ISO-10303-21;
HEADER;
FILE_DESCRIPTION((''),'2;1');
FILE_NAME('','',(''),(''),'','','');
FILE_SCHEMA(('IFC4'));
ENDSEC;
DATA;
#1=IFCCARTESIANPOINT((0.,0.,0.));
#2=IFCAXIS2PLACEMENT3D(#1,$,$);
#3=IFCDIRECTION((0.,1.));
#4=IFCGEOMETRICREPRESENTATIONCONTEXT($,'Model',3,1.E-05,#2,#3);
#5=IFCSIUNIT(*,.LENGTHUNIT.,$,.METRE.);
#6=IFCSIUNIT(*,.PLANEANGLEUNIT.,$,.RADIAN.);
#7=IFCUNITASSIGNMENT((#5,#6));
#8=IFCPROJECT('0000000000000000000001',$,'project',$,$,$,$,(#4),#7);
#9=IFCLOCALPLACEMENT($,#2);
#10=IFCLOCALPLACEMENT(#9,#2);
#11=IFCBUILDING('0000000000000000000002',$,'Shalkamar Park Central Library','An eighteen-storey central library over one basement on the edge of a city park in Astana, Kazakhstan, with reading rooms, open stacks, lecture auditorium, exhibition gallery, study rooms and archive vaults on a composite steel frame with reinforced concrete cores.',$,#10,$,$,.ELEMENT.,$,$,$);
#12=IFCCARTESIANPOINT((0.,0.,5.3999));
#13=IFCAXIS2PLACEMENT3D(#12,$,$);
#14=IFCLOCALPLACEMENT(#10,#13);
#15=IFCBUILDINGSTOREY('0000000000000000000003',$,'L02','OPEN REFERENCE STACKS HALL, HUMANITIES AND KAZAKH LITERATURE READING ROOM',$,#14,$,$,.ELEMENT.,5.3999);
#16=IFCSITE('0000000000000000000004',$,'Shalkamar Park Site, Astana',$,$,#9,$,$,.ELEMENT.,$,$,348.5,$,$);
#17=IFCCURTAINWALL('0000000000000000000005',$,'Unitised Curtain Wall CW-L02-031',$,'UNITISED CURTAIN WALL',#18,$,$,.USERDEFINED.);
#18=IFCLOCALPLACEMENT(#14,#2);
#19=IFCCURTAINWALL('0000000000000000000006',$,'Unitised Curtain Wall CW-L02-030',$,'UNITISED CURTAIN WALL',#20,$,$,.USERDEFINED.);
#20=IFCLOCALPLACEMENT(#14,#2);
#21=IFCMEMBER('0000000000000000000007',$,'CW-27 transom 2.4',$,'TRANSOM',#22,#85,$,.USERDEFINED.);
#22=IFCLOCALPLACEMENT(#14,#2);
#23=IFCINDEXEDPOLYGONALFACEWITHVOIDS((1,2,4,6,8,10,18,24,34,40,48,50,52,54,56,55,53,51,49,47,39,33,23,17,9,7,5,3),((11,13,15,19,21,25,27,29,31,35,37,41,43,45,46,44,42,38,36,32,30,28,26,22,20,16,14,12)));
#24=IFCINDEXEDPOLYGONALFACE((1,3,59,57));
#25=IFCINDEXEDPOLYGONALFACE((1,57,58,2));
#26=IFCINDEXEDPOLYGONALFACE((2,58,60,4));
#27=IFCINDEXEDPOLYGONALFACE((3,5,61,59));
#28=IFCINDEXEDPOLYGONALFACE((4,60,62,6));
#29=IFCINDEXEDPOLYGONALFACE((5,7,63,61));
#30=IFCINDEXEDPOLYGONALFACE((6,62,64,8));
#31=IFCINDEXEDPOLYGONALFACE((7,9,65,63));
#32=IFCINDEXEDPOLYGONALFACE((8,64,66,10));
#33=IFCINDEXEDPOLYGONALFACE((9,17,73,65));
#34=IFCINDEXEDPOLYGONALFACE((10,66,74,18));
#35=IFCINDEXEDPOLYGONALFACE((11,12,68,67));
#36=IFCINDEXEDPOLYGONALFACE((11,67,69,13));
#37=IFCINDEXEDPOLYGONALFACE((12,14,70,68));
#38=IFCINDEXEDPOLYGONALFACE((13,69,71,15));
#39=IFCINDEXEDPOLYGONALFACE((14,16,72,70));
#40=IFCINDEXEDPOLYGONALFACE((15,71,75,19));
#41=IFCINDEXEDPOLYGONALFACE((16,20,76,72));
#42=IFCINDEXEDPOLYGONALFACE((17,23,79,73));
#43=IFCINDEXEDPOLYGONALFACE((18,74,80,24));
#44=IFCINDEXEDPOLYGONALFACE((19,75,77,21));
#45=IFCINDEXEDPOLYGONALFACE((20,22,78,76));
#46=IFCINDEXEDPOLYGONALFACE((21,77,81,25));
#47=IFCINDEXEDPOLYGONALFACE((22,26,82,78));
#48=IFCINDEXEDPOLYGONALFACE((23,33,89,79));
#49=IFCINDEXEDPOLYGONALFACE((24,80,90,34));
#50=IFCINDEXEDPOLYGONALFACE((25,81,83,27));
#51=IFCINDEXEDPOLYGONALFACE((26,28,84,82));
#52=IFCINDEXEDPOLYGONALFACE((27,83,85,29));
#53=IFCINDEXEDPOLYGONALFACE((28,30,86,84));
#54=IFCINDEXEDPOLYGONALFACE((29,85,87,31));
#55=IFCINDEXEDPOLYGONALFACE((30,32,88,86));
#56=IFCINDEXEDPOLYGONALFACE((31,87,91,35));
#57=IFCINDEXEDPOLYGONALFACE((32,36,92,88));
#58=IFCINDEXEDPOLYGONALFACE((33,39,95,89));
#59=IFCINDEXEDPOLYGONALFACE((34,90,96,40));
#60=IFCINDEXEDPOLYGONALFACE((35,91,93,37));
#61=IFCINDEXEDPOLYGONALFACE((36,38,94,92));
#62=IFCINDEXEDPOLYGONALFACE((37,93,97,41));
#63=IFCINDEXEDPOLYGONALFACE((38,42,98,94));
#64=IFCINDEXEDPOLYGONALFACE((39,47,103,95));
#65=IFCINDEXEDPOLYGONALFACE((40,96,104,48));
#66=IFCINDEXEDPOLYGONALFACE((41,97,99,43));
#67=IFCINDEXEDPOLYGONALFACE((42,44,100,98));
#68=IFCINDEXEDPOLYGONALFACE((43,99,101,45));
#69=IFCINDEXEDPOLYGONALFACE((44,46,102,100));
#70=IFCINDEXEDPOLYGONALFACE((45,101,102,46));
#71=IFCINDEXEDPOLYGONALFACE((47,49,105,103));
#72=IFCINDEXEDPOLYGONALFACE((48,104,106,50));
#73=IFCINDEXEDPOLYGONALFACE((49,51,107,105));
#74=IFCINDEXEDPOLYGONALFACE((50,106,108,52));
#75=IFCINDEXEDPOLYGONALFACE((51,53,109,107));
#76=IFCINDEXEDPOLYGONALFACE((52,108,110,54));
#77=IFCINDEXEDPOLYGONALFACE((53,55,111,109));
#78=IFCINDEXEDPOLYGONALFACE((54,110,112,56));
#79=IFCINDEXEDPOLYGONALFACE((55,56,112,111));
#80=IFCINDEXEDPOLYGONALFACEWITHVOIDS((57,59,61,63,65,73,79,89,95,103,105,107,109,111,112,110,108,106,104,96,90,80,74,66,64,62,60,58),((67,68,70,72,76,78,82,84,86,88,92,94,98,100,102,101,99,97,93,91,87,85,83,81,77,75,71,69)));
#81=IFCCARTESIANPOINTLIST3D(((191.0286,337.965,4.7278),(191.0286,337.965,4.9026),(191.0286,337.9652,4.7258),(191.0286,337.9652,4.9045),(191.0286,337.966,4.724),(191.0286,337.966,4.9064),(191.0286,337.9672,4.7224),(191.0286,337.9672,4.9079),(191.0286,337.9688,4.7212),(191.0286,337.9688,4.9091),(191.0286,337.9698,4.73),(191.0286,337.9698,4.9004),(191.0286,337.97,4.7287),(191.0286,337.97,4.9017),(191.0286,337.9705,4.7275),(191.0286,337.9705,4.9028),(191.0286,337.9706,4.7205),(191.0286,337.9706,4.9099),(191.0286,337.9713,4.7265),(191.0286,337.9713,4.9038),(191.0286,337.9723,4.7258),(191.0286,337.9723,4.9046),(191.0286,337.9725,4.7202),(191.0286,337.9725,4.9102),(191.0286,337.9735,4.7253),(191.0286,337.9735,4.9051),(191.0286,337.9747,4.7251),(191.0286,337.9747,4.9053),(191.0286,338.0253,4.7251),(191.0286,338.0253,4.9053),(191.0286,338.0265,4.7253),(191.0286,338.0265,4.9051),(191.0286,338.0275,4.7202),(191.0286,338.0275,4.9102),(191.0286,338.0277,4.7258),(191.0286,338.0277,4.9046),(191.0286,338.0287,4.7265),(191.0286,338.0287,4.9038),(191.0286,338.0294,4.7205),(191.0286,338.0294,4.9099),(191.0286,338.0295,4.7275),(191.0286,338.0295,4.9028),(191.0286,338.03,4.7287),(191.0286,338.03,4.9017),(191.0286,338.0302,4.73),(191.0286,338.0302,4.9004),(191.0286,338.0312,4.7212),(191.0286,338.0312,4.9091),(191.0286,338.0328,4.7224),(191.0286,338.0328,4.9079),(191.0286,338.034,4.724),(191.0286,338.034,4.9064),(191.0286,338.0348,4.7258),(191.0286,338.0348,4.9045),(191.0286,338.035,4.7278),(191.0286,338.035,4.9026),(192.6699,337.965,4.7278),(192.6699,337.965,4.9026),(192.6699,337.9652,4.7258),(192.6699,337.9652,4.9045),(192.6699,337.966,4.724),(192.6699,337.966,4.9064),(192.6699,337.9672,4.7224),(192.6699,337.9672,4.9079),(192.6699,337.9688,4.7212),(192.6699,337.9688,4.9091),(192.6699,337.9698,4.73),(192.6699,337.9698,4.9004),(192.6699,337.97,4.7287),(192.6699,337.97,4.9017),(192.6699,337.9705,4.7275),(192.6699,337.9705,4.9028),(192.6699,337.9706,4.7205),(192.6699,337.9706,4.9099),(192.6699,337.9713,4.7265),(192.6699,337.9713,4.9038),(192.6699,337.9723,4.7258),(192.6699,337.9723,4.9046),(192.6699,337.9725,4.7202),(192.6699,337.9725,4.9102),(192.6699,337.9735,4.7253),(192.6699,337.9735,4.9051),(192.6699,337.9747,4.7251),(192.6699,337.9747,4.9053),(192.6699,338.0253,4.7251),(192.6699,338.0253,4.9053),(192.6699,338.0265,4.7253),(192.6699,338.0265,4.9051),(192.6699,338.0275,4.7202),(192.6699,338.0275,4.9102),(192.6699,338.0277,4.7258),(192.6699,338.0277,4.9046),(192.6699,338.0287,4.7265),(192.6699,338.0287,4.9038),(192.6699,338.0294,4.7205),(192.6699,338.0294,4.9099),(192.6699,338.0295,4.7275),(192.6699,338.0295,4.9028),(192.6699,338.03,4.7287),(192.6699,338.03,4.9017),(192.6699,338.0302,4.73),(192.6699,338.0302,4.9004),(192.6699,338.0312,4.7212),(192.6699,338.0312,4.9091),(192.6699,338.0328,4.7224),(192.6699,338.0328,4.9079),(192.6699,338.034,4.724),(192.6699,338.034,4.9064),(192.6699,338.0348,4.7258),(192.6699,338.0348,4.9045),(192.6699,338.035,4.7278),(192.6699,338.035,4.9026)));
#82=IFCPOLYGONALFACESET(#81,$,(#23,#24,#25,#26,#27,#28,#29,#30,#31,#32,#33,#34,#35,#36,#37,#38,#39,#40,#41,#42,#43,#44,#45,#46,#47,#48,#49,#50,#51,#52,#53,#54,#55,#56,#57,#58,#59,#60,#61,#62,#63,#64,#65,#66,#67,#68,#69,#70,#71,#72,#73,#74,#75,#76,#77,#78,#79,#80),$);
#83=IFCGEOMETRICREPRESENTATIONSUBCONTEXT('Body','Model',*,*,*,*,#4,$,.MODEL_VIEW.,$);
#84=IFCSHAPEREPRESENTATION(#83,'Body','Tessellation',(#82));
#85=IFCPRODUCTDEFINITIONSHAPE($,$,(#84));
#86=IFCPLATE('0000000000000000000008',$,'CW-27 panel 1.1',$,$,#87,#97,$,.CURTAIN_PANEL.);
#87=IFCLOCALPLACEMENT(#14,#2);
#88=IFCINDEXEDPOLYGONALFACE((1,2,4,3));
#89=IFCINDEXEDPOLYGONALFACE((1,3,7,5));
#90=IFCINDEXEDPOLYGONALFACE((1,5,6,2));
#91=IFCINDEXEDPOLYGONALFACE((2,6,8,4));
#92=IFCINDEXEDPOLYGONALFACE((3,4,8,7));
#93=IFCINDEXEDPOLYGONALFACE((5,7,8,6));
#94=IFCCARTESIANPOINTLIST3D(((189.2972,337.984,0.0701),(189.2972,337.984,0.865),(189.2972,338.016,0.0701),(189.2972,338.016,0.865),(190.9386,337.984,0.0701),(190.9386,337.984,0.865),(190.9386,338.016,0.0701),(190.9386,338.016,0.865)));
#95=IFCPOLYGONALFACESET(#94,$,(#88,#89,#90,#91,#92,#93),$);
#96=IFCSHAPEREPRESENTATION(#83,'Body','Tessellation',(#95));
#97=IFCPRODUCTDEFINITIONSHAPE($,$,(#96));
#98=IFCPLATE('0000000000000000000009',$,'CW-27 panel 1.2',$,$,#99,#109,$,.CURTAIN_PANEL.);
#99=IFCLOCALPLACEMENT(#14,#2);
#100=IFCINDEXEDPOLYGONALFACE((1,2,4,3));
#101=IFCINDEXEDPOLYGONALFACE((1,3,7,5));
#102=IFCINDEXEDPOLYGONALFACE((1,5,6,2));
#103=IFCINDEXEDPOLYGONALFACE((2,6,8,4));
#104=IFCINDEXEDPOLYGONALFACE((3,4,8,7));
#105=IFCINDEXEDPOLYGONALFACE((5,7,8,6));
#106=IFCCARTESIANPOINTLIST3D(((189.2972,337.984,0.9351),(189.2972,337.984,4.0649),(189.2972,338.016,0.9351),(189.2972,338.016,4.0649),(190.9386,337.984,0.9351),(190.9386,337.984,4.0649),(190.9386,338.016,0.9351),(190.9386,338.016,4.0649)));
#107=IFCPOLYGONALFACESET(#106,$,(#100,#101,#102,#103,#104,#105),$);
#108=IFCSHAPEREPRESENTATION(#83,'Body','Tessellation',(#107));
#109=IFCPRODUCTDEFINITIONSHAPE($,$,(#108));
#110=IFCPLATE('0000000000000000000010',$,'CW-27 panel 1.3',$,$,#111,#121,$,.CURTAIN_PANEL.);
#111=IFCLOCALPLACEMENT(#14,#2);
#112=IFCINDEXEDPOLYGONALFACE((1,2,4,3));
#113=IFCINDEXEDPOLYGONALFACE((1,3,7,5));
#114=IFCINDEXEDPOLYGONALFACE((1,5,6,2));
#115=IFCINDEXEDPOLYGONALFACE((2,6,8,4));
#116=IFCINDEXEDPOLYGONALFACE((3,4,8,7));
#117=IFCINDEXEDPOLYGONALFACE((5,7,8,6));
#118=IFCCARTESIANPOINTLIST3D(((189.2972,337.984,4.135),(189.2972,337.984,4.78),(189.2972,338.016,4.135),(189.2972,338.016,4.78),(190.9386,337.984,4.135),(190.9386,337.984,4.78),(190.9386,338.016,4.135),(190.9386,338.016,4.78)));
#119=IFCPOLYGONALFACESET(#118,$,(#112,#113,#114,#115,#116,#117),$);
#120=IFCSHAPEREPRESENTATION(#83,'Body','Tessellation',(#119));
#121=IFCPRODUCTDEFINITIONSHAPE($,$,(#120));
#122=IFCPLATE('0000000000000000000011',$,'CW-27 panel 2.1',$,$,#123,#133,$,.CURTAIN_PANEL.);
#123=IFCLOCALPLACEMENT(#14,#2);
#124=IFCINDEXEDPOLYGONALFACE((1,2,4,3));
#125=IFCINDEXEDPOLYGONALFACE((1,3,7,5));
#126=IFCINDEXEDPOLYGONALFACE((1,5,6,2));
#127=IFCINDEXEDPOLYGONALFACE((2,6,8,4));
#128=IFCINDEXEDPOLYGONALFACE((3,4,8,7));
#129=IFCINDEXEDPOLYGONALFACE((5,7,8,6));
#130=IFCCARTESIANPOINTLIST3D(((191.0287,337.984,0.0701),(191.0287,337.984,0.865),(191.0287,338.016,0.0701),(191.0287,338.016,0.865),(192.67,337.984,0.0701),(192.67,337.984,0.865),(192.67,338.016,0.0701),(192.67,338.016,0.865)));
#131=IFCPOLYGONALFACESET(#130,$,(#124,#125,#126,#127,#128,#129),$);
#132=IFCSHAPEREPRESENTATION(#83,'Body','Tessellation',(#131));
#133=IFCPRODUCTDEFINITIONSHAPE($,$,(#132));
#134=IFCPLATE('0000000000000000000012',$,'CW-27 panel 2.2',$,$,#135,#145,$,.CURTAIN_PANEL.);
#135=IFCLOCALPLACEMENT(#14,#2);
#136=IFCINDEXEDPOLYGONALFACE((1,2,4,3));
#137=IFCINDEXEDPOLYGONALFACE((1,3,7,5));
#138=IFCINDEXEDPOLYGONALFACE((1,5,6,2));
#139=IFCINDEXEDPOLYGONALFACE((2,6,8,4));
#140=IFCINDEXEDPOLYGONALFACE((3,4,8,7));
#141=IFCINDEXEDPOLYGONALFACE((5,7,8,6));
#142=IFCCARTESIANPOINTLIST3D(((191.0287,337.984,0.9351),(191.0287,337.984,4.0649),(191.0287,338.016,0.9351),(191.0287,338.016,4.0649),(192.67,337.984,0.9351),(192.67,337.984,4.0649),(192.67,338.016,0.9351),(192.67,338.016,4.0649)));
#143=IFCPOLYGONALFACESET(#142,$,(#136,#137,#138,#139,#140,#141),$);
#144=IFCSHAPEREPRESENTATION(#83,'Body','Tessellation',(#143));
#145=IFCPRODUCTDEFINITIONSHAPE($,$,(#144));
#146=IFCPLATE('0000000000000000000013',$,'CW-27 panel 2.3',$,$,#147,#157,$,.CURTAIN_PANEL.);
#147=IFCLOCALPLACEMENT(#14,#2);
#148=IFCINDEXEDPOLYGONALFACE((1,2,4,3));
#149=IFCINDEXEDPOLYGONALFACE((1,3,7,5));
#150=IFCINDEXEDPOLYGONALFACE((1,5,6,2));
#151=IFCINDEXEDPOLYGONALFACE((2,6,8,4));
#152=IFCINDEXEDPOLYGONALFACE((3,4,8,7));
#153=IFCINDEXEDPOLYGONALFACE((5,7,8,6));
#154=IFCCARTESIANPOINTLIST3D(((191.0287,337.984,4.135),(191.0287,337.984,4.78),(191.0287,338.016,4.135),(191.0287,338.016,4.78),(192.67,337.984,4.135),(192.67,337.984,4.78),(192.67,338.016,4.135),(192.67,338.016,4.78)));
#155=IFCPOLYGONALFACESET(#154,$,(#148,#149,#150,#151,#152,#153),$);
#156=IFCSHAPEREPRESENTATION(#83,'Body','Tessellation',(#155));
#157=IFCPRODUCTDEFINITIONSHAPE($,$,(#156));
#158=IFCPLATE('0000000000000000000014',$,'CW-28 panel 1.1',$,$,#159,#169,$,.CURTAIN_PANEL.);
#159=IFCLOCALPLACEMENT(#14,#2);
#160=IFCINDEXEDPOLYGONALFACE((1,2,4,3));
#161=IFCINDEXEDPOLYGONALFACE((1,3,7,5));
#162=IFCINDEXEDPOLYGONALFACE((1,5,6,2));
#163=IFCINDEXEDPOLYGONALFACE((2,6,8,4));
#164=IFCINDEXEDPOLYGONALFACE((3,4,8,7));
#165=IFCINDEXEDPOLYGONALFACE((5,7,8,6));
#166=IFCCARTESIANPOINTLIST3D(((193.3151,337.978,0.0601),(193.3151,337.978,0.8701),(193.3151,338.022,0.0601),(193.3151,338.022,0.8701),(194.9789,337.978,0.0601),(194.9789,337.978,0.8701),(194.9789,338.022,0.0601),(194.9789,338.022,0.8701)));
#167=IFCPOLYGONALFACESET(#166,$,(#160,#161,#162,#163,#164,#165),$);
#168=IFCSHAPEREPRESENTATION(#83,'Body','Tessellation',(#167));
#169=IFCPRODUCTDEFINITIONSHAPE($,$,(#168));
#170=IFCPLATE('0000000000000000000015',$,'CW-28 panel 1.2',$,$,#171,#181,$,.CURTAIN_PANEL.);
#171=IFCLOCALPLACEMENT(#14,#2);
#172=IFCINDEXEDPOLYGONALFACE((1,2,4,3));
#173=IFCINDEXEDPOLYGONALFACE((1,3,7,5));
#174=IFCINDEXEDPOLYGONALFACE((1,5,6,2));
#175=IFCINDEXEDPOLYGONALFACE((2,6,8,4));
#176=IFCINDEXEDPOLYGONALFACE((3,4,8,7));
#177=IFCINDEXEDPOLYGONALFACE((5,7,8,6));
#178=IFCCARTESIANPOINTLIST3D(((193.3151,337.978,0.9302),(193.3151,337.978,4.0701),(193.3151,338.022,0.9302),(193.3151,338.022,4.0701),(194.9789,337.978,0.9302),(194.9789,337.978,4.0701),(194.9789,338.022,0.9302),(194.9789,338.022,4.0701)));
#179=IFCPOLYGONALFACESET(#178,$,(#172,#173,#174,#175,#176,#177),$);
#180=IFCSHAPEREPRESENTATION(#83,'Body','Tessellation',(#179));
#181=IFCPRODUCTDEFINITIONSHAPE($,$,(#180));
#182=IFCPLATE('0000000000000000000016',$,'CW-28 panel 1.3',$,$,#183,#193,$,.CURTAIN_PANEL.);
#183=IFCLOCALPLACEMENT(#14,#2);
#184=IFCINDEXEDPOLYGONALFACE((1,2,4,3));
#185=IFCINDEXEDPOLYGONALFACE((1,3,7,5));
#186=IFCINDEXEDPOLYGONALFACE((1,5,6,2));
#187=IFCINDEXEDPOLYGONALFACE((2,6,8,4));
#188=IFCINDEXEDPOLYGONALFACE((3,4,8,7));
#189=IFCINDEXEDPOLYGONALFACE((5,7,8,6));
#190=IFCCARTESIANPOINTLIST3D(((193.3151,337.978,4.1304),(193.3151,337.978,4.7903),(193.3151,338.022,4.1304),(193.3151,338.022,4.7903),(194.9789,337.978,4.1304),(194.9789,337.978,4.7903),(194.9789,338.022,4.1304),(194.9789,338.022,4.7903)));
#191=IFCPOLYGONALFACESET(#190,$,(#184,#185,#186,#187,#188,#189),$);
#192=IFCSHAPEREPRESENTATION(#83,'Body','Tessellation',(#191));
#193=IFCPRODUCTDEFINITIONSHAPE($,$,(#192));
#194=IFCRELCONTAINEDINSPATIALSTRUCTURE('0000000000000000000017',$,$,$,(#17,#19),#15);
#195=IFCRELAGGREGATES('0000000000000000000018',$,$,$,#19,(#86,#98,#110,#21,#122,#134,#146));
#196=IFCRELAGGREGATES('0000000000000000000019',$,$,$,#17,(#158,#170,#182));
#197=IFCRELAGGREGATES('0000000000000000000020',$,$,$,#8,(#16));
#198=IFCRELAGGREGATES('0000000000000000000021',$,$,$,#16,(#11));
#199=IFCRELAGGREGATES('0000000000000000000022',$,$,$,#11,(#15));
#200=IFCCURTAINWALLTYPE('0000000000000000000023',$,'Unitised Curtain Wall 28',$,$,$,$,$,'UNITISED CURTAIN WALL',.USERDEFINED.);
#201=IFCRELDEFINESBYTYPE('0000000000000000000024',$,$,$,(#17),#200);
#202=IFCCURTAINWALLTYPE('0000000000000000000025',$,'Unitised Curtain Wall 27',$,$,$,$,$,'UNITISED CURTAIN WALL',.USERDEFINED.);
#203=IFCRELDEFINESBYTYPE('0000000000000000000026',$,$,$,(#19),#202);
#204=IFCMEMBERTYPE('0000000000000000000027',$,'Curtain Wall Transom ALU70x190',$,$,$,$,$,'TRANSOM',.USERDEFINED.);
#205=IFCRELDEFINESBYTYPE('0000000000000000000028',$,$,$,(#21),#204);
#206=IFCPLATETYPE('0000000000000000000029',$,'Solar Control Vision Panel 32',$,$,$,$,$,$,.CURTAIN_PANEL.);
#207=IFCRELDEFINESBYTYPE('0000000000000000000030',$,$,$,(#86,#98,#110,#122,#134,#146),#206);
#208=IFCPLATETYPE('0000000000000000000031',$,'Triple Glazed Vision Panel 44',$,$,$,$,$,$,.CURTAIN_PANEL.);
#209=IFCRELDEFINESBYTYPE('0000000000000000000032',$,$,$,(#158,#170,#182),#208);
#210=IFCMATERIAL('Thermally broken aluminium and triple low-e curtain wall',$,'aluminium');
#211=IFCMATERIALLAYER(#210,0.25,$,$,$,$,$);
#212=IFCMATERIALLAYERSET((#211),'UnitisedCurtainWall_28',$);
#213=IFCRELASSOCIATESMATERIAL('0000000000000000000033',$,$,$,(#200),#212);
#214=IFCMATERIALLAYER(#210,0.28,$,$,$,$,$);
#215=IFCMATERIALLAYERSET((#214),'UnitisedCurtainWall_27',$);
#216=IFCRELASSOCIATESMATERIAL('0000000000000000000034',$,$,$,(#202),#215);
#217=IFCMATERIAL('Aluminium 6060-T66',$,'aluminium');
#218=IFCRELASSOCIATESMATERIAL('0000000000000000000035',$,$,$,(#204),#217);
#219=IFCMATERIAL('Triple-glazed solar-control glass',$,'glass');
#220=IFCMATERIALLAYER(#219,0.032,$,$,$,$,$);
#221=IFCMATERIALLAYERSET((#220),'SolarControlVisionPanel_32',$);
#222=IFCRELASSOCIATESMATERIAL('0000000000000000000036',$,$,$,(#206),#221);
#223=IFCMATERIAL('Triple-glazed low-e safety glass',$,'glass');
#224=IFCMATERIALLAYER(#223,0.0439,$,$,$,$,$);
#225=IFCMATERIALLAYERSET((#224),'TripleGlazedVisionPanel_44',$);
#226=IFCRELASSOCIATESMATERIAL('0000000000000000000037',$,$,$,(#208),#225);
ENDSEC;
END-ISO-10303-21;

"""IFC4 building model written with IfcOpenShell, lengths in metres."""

from ifc_helpers import new_model, si_unit, direction, frame, origin, origin_2d, place, context, subcontext, project, spatial, rectangle, hollow_rectangle, extrude, material, layer, layer_set, material_profile, profile_set, type_object, element, aggregate, save


model = new_model("IFC4")

# Units and contexts
model_context = context("Model", 3, precision=1e-05, world=origin(), true_north=direction((0.0, 1.0)))
body_context = subcontext(model_context, "Body", "Model", "MODEL_VIEW")
ifc_project = project(units=[si_unit("LENGTHUNIT", "METRE"), si_unit("PLANEANGLEUNIT", "RADIAN")], contexts=[model_context])

# Site, building, storey
site_placement = place(None, origin())
site = spatial("IfcSite", under=ifc_project, at=site_placement, Name="Shalkamar Park Site, Astana", CompositionType="ELEMENT", RefElevation=348.5)
building_placement = place(site_placement, origin())
building = spatial("IfcBuilding", under=site, at=building_placement, Name="Shalkamar Park Central Library", Description="An eighteen-storey central library over one basement on the edge of a city park in Astana, Kazakhstan, with reading rooms, open stacks, lecture auditorium, exhibition gallery, study rooms and archive vaults on a composite steel frame with reinforced concrete cores.", CompositionType="ELEMENT")
storey_placement = place(building_placement, frame((0.0, 0.0, 5.3999)))
storey = spatial("IfcBuildingStorey", under=building, at=storey_placement, Name="L02", Description="OPEN REFERENCE STACKS HALL, HUMANITIES AND KAZAKH LITERATURE READING ROOM", CompositionType="ELEMENT", Elevation=5.3999)

# Curtain walls
ifc_material_1 = material(Name="Thermally broken aluminium and triple low-e curtain wall", Category="aluminium")
ifc_layer_1 = layer(ifc_material_1, 0.25)
ifc_layer_set_1 = layer_set([ifc_layer_1], Name="UnitisedCurtainWall_28")
curtain_wall_type_1 = type_object("IfcCurtainWallType", Name="Unitised Curtain Wall 28", ElementType="UNITISED CURTAIN WALL", PredefinedType="USERDEFINED", material=ifc_layer_set_1)
curtain_wall_1_placement = place(storey_placement, origin())
curtain_wall_1 = element("IfcCurtainWall", 1, at=curtain_wall_1_placement, inside=storey, type_object=curtain_wall_type_1, Name="Unitised Curtain Wall CW-L02-031", ObjectType="UNITISED CURTAIN WALL", PredefinedType="USERDEFINED")
ifc_material_2 = material(Name="Aluminium 6060-T66", Category="aluminium")
ifc_layer_2 = layer(ifc_material_1, 0.28)
ifc_layer_set_2 = layer_set([ifc_layer_2], Name="UnitisedCurtainWall_27")
curtain_wall_type_2 = type_object("IfcCurtainWallType", Name="Unitised Curtain Wall 27", ElementType="UNITISED CURTAIN WALL", PredefinedType="USERDEFINED", material=ifc_layer_set_2)
curtain_wall_2_placement = place(storey_placement, origin())
curtain_wall_2 = element("IfcCurtainWall", 2, at=curtain_wall_2_placement, inside=storey, type_object=curtain_wall_type_2, Name="Unitised Curtain Wall CW-L02-030", ObjectType="UNITISED CURTAIN WALL", PredefinedType="USERDEFINED")

# Member
ifc_material_profile_1 = material_profile(ifc_material_2, hollow_rectangle(XDim=0.0701, YDim=0.1899, WallThickness=0.0049, InnerFilletRadius=0.0049, OuterFilletRadius=0.0076, at=origin_2d()), Name="ALU 70x190x5")
ifc_profile_set_1 = profile_set([ifc_material_profile_1], Name="Aluminium 6060-T66")
member_type_1 = type_object("IfcMemberType", Name="Curtain Wall Transom ALU70x190", ElementType="TRANSOM", PredefinedType="USERDEFINED", material=ifc_profile_set_1)
member_1_placement = place(storey_placement, frame((191.0286, 338.0, 4.8152), z_axis=(1.0, 0.0, 0.0), x_axis=(0.0, 1.0, 0.0)))
member_1 = element("IfcMember", 3, at=member_1_placement, type_object=member_type_1, Name="CW-27 transom 2.4", ObjectType="TRANSOM", PredefinedType="USERDEFINED", context=body_context, shape_type="SweptSolid", body=[
    extrude(hollow_rectangle(XDim=0.0701, YDim=0.1899, WallThickness=0.0049, InnerFilletRadius=0.0049, OuterFilletRadius=0.0076, at=origin_2d()), origin(), (0.0, 0.0, 1.0), 1.6414),
])

# Plates
ifc_material_3 = material(Name="Triple-glazed solar-control glass", Category="glass")
ifc_layer_3 = layer(ifc_material_3, 0.032)
ifc_layer_set_3 = layer_set([ifc_layer_3], Name="SolarControlVisionPanel_32")
plate_type_1 = type_object("IfcPlateType", Name="Solar Control Vision Panel 32", PredefinedType="CURTAIN_PANEL", material=ifc_layer_set_3)
plate_1_placement = place(storey_placement, frame((190.1179, 338.0, 0.0701), z_axis=(0.0, 0.0, 1.0), x_axis=(1.0, 0.0, 0.0)))
plate_1 = element("IfcPlate", 4, at=plate_1_placement, type_object=plate_type_1, Name="CW-27 panel 1.1", PredefinedType="CURTAIN_PANEL", context=body_context, shape_type="SweptSolid", body=[
    extrude(rectangle(XDim=1.6414, YDim=0.032, at=origin_2d()), origin(), (0.0, 0.0, 1.0), 0.7949),
])
plate_2_placement = place(storey_placement, frame((190.1179, 338.0, 0.9351), z_axis=(0.0, 0.0, 1.0), x_axis=(1.0, 0.0, 0.0)))
plate_2 = element("IfcPlate", 5, at=plate_2_placement, type_object=plate_type_1, Name="CW-27 panel 1.2", PredefinedType="CURTAIN_PANEL", context=body_context, shape_type="SweptSolid", body=[
    extrude(rectangle(XDim=1.6414, YDim=0.032, at=origin_2d()), origin(), (0.0, 0.0, 1.0), 3.1299),
])
plate_3_placement = place(storey_placement, frame((190.1179, 338.0, 4.135), z_axis=(0.0, 0.0, 1.0), x_axis=(1.0, 0.0, 0.0)))
plate_3 = element("IfcPlate", 6, at=plate_3_placement, type_object=plate_type_1, Name="CW-27 panel 1.3", PredefinedType="CURTAIN_PANEL", context=body_context, shape_type="SweptSolid", body=[
    extrude(rectangle(XDim=1.6414, YDim=0.032, at=origin_2d()), origin(), (0.0, 0.0, 1.0), 0.645),
])
plate_4_placement = place(storey_placement, frame((191.8494, 338.0, 0.0701), z_axis=(0.0, 0.0, 1.0), x_axis=(1.0, 0.0, 0.0)))
plate_4 = element("IfcPlate", 7, at=plate_4_placement, type_object=plate_type_1, Name="CW-27 panel 2.1", PredefinedType="CURTAIN_PANEL", context=body_context, shape_type="SweptSolid", body=[
    extrude(rectangle(XDim=1.6414, YDim=0.032, at=origin_2d()), origin(), (0.0, 0.0, 1.0), 0.7949),
])
plate_5_placement = place(storey_placement, frame((191.8494, 338.0, 0.9351), z_axis=(0.0, 0.0, 1.0), x_axis=(1.0, 0.0, 0.0)))
plate_5 = element("IfcPlate", 8, at=plate_5_placement, type_object=plate_type_1, Name="CW-27 panel 2.2", PredefinedType="CURTAIN_PANEL", context=body_context, shape_type="SweptSolid", body=[
    extrude(rectangle(XDim=1.6414, YDim=0.032, at=origin_2d()), origin(), (0.0, 0.0, 1.0), 3.1299),
])
plate_6_placement = place(storey_placement, frame((191.8494, 338.0, 4.135), z_axis=(0.0, 0.0, 1.0), x_axis=(1.0, 0.0, 0.0)))
plate_6 = element("IfcPlate", 9, at=plate_6_placement, type_object=plate_type_1, Name="CW-27 panel 2.3", PredefinedType="CURTAIN_PANEL", context=body_context, shape_type="SweptSolid", body=[
    extrude(rectangle(XDim=1.6414, YDim=0.032, at=origin_2d()), origin(), (0.0, 0.0, 1.0), 0.645),
])
aggregate(curtain_wall_2, [plate_1, plate_2, plate_3, member_1, plate_4, plate_5, plate_6])
ifc_material_4 = material(Name="Triple-glazed low-e safety glass", Category="glass")
ifc_layer_4 = layer(ifc_material_4, 0.0439)
ifc_layer_set_4 = layer_set([ifc_layer_4], Name="TripleGlazedVisionPanel_44")
plate_type_2 = type_object("IfcPlateType", Name="Triple Glazed Vision Panel 44", PredefinedType="CURTAIN_PANEL", material=ifc_layer_set_4)
plate_7_placement = place(storey_placement, frame((194.147, 338.0, 0.0601), z_axis=(0.0, 0.0, 1.0), x_axis=(1.0, 0.0, 0.0)))
plate_7 = element("IfcPlate", 10, at=plate_7_placement, type_object=plate_type_2, Name="CW-28 panel 1.1", PredefinedType="CURTAIN_PANEL", context=body_context, shape_type="SweptSolid", body=[
    extrude(rectangle(XDim=1.6638, YDim=0.0439, at=origin_2d()), origin(), (0.0, 0.0, 1.0), 0.8101),
])
plate_8_placement = place(storey_placement, frame((194.147, 338.0, 0.9302), z_axis=(0.0, 0.0, 1.0), x_axis=(1.0, 0.0, 0.0)))
plate_8 = element("IfcPlate", 11, at=plate_8_placement, type_object=plate_type_2, Name="CW-28 panel 1.2", PredefinedType="CURTAIN_PANEL", context=body_context, shape_type="SweptSolid", body=[
    extrude(rectangle(XDim=1.6638, YDim=0.0439, at=origin_2d()), origin(), (0.0, 0.0, 1.0), 3.1399),
])
plate_9_placement = place(storey_placement, frame((194.147, 338.0, 4.1304), z_axis=(0.0, 0.0, 1.0), x_axis=(1.0, 0.0, 0.0)))
plate_9 = element("IfcPlate", 12, at=plate_9_placement, type_object=plate_type_2, Name="CW-28 panel 1.3", PredefinedType="CURTAIN_PANEL", context=body_context, shape_type="SweptSolid", body=[
    extrude(rectangle(XDim=1.6638, YDim=0.0439, at=origin_2d()), origin(), (0.0, 0.0, 1.0), 0.6599),
])
aggregate(curtain_wall_1, [plate_7, plate_8, plate_9])

save(model, "model.ifc")
